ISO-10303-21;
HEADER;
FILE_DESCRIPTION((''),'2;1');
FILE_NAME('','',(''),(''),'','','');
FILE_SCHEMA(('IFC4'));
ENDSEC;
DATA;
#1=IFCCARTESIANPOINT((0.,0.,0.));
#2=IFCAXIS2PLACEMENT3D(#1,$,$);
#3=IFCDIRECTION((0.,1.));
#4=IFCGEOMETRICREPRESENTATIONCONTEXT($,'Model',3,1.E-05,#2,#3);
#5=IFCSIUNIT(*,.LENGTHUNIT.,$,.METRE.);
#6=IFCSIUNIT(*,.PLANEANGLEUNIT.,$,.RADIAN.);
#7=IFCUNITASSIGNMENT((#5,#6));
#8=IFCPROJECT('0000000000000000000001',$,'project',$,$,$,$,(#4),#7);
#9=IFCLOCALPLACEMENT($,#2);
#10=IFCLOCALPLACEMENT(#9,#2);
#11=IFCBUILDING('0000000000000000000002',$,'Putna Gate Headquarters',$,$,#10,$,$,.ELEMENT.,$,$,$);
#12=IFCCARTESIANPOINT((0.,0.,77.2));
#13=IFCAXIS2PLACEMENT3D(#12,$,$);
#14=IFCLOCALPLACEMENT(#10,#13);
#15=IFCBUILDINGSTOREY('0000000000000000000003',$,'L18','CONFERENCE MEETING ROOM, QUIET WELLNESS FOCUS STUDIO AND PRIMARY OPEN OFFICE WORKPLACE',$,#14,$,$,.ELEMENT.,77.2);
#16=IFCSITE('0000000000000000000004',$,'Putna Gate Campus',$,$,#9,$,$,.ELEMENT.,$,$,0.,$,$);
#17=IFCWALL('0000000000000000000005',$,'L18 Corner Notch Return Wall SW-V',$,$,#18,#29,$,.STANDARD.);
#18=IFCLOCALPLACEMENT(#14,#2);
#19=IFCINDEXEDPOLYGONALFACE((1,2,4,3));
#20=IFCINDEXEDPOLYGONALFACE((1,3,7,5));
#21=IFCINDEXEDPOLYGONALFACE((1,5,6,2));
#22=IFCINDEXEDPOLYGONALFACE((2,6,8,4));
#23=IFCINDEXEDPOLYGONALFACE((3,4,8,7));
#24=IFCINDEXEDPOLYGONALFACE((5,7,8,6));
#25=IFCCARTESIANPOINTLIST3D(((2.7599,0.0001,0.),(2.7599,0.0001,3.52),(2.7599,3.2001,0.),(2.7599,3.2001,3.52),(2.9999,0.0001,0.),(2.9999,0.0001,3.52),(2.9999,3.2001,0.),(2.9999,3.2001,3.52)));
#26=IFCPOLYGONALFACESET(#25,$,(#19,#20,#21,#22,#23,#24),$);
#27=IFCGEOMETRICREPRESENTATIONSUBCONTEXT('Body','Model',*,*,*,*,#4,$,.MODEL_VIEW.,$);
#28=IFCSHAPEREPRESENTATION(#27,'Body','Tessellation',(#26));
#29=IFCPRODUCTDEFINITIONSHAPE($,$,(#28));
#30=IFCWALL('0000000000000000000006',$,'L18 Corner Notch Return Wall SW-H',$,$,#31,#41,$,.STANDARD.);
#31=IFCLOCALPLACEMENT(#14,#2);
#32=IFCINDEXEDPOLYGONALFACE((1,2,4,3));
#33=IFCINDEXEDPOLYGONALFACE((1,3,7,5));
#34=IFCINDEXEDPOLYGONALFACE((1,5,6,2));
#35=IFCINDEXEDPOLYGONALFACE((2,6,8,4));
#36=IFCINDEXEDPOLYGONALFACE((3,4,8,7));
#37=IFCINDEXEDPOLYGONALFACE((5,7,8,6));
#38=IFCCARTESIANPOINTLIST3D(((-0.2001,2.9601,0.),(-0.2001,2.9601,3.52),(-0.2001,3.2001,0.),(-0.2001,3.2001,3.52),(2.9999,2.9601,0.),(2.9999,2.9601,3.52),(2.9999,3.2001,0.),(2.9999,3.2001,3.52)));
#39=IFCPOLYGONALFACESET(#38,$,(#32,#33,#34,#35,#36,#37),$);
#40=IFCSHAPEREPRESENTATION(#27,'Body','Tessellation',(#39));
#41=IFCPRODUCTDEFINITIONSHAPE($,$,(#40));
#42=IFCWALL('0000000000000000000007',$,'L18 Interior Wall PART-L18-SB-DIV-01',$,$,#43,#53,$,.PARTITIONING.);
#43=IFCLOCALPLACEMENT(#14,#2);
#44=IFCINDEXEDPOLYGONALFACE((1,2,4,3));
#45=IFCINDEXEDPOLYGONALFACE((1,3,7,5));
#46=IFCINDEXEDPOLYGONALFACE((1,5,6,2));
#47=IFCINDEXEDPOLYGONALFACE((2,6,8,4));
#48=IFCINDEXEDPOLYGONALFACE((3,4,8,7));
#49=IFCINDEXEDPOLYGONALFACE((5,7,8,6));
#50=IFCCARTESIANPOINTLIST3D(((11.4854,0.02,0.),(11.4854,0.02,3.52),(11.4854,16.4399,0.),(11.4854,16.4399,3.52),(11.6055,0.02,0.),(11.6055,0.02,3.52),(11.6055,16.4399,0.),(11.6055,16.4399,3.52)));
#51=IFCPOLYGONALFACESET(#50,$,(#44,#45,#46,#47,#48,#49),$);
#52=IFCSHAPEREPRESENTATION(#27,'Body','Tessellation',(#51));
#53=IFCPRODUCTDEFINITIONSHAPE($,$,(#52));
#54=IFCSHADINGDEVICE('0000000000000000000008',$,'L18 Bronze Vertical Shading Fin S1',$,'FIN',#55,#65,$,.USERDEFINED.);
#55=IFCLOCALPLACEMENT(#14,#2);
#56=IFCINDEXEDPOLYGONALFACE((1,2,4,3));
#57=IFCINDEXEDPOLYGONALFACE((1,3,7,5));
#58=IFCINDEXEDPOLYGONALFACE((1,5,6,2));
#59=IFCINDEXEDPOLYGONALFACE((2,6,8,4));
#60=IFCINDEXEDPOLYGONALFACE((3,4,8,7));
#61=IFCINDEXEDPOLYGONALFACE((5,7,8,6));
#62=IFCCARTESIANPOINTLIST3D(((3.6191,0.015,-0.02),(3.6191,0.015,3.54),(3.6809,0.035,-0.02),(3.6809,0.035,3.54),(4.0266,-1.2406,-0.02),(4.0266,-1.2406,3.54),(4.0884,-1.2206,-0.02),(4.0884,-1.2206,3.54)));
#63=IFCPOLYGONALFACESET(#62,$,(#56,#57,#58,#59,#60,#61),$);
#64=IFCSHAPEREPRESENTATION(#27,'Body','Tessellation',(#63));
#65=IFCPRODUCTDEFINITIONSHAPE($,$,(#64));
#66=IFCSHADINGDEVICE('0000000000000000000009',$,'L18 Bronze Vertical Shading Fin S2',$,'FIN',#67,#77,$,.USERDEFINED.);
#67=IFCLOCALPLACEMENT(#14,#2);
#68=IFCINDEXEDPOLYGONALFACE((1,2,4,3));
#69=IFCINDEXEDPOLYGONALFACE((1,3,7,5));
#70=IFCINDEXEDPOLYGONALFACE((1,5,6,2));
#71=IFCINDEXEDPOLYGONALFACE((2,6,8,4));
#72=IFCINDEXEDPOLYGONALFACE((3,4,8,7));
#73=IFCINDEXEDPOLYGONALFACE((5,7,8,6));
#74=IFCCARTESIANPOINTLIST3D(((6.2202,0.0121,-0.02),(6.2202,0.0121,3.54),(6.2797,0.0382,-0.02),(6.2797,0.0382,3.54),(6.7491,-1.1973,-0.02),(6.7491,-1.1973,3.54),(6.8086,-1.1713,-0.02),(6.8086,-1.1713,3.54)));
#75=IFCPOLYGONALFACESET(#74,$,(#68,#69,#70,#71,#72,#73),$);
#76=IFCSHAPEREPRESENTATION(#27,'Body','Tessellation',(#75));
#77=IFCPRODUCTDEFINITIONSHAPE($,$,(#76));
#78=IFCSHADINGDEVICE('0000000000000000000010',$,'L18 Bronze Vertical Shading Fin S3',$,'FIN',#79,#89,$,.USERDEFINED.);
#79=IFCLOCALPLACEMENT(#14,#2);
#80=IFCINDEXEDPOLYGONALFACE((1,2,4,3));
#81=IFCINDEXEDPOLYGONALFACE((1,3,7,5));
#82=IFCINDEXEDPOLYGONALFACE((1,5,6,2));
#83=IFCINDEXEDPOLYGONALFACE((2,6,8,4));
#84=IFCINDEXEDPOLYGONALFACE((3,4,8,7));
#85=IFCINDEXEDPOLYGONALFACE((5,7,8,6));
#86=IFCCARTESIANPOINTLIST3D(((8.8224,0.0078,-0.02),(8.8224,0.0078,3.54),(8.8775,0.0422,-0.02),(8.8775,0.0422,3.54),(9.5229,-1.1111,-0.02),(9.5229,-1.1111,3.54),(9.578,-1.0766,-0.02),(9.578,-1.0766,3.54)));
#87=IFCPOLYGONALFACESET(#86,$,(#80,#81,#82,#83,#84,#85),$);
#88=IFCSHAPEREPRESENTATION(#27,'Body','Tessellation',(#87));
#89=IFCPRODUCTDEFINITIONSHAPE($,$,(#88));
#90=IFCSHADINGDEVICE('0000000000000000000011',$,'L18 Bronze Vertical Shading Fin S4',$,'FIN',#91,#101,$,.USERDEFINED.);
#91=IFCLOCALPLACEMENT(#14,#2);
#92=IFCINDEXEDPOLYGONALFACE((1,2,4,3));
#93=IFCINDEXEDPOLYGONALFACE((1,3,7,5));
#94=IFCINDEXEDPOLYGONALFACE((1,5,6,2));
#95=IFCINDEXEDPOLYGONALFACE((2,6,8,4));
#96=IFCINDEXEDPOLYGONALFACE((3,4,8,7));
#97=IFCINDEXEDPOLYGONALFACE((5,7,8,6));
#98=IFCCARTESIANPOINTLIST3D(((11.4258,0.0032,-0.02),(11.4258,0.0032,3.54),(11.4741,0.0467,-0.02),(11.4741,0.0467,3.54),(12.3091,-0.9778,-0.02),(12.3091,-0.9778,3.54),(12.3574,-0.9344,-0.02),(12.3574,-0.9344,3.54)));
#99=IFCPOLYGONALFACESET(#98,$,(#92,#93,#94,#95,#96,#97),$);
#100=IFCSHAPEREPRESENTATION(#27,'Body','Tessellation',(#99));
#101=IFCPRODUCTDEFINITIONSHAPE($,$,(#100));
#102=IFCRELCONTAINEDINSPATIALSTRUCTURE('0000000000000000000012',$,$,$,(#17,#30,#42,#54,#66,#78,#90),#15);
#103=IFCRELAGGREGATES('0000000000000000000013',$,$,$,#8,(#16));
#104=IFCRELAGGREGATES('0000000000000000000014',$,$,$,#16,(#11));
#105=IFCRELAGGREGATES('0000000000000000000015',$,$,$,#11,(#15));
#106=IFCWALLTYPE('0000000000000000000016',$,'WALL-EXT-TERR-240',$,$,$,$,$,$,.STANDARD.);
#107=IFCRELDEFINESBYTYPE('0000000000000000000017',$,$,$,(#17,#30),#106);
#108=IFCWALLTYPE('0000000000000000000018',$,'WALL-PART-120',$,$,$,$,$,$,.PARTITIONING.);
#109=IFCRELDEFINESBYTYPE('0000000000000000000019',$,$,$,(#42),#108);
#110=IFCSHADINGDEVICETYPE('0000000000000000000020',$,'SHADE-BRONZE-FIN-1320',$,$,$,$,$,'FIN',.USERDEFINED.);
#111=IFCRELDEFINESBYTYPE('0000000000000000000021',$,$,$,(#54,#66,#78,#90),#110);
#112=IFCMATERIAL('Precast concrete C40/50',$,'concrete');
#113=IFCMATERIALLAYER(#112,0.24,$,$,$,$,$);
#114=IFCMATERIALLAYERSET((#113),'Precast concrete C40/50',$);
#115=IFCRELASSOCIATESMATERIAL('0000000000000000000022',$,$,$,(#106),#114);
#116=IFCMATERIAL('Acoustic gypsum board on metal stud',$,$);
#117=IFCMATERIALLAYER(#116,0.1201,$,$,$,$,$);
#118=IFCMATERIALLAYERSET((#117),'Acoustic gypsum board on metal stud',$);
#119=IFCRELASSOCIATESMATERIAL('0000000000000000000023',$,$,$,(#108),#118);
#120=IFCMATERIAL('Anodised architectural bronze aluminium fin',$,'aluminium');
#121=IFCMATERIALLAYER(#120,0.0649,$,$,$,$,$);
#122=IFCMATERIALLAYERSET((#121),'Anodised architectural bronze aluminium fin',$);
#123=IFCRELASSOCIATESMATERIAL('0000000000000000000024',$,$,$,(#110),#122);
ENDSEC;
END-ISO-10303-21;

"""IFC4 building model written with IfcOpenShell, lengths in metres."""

from ifc_helpers import new_model, si_unit, direction, frame, frame_2d, origin, origin_2d, place, context, subcontext, project, spatial, rectangle, extrude, material, layer, layer_set, type_object, element, save


model = new_model("IFC4")

# Units and contexts
model_context = context("Model", 3, precision=1e-05, world=origin(), true_north=direction((0.0, 1.0)))
body_context = subcontext(model_context, "Body", "Model", "MODEL_VIEW")
ifc_project = project(units=[si_unit("LENGTHUNIT", "METRE"), si_unit("PLANEANGLEUNIT", "RADIAN")], contexts=[model_context])

# Site, building, storey
site_placement = place(None, origin())
site = spatial("IfcSite", under=ifc_project, at=site_placement, Name="Putna Gate Campus", CompositionType="ELEMENT", RefElevation=0.0)
building_placement = place(site_placement, origin())
building = spatial("IfcBuilding", under=site, at=building_placement, Name="Putna Gate Headquarters", CompositionType="ELEMENT")
storey_placement = place(building_placement, frame((0.0, 0.0, 77.2)))
storey = spatial("IfcBuildingStorey", under=building, at=storey_placement, Name="L18", Description="CONFERENCE MEETING ROOM, QUIET WELLNESS FOCUS STUDIO AND PRIMARY OPEN OFFICE WORKPLACE", CompositionType="ELEMENT", Elevation=77.2)

# Walls
ifc_material_1 = material(Name="Precast concrete C40/50", Category="concrete")
ifc_layer_1 = layer(ifc_material_1, 0.24)
ifc_layer_set_1 = layer_set([ifc_layer_1], Name="Precast concrete C40/50")
wall_type_1 = type_object("IfcWallType", Name="WALL-EXT-TERR-240", PredefinedType="STANDARD", material=ifc_layer_set_1)
for number, where, z_axis, x_axis, name in (
    (1, (2.8799, 0.0, 0.0), (0.0, 0.0, 1.0), (0.0, 1.0, 0.0), "L18 Corner Notch Return Wall SW-V"),
    (2, (3.0, 3.0801, 0.0), (0.0, 0.0, 1.0), (-1.0, 0.0, 0.0), "L18 Corner Notch Return Wall SW-H"),
):
    element("IfcWall", number, at=place(storey_placement, frame(where, z_axis=z_axis, x_axis=x_axis)), inside=storey, type_object=wall_type_1, Name=name, PredefinedType="STANDARD", context=body_context, shape_type="SweptSolid", body=[
        extrude(rectangle(XDim=3.2, YDim=0.24, at=frame_2d((1.6001, 0.0))), origin(), (0.0, 0.0, 1.0), 3.52),
    ])
ifc_material_2 = material(Name="Acoustic gypsum board on metal stud")
ifc_layer_2 = layer(ifc_material_2, 0.1201)
ifc_layer_set_2 = layer_set([ifc_layer_2], Name="Acoustic gypsum board on metal stud")
wall_type_2 = type_object("IfcWallType", Name="WALL-PART-120", PredefinedType="PARTITIONING", material=ifc_layer_set_2)
wall_placement = place(storey_placement, frame((11.5454, 0.02, 0.0), z_axis=(0.0, 0.0, 1.0), x_axis=(0.0, 1.0, 0.0)))
element("IfcWall", 3, at=wall_placement, inside=storey, type_object=wall_type_2, Name="L18 Interior Wall PART-L18-SB-DIV-01", PredefinedType="PARTITIONING", context=body_context, shape_type="SweptSolid", body=[
    extrude(rectangle(XDim=16.4199, YDim=0.1201, at=frame_2d((8.21, 0.0))), origin(), (0.0, 0.0, 1.0), 3.52),
])

# Shading devices
ifc_material_3 = material(Name="Anodised architectural bronze aluminium fin", Category="aluminium")
ifc_layer_3 = layer(ifc_material_3, 0.0649)
ifc_layer_set_3 = layer_set([ifc_layer_3], Name="Anodised architectural bronze aluminium fin")
shading_device_type = type_object("IfcShadingDeviceType", Name="SHADE-BRONZE-FIN-1320", ElementType="FIN", PredefinedType="USERDEFINED", material=ifc_layer_set_3)
for number, where, z_axis, x_axis, name in (
    (4, (3.8538, -0.6028, -0.02), (0.0, 0.0, 1.0), (0.308685, -0.951164, 0.0), "L18 Bronze Vertical Shading Fin S1"),
    (5, (6.5144, -0.5796, -0.02), (0.0, 0.0, 1.0), (0.400669, -0.916223, 0.0), "L18 Bronze Vertical Shading Fin S2"),
    (6, (9.2002, -0.5344, -0.02), (0.0, 0.0, 1.0), (0.530659, -0.847585, 0.0), "L18 Bronze Vertical Shading Fin S3"),
    (7, (11.8916, -0.4656, -0.02), (0.0, 0.0, 1.0), (0.669131, -0.743145, 0.0), "L18 Bronze Vertical Shading Fin S4"),
):
    element("IfcShadingDevice", number, at=place(storey_placement, frame(where, z_axis=z_axis, x_axis=x_axis)), inside=storey, type_object=shading_device_type, Name=name, ObjectType="FIN", PredefinedType="USERDEFINED", context=body_context, shape_type="SweptSolid", body=[
        extrude(rectangle(XDim=1.3201, YDim=0.0649, at=origin_2d()), origin(), (0.0, 0.0, 1.0), 3.5601),
    ])

save(model, "model.ifc")
